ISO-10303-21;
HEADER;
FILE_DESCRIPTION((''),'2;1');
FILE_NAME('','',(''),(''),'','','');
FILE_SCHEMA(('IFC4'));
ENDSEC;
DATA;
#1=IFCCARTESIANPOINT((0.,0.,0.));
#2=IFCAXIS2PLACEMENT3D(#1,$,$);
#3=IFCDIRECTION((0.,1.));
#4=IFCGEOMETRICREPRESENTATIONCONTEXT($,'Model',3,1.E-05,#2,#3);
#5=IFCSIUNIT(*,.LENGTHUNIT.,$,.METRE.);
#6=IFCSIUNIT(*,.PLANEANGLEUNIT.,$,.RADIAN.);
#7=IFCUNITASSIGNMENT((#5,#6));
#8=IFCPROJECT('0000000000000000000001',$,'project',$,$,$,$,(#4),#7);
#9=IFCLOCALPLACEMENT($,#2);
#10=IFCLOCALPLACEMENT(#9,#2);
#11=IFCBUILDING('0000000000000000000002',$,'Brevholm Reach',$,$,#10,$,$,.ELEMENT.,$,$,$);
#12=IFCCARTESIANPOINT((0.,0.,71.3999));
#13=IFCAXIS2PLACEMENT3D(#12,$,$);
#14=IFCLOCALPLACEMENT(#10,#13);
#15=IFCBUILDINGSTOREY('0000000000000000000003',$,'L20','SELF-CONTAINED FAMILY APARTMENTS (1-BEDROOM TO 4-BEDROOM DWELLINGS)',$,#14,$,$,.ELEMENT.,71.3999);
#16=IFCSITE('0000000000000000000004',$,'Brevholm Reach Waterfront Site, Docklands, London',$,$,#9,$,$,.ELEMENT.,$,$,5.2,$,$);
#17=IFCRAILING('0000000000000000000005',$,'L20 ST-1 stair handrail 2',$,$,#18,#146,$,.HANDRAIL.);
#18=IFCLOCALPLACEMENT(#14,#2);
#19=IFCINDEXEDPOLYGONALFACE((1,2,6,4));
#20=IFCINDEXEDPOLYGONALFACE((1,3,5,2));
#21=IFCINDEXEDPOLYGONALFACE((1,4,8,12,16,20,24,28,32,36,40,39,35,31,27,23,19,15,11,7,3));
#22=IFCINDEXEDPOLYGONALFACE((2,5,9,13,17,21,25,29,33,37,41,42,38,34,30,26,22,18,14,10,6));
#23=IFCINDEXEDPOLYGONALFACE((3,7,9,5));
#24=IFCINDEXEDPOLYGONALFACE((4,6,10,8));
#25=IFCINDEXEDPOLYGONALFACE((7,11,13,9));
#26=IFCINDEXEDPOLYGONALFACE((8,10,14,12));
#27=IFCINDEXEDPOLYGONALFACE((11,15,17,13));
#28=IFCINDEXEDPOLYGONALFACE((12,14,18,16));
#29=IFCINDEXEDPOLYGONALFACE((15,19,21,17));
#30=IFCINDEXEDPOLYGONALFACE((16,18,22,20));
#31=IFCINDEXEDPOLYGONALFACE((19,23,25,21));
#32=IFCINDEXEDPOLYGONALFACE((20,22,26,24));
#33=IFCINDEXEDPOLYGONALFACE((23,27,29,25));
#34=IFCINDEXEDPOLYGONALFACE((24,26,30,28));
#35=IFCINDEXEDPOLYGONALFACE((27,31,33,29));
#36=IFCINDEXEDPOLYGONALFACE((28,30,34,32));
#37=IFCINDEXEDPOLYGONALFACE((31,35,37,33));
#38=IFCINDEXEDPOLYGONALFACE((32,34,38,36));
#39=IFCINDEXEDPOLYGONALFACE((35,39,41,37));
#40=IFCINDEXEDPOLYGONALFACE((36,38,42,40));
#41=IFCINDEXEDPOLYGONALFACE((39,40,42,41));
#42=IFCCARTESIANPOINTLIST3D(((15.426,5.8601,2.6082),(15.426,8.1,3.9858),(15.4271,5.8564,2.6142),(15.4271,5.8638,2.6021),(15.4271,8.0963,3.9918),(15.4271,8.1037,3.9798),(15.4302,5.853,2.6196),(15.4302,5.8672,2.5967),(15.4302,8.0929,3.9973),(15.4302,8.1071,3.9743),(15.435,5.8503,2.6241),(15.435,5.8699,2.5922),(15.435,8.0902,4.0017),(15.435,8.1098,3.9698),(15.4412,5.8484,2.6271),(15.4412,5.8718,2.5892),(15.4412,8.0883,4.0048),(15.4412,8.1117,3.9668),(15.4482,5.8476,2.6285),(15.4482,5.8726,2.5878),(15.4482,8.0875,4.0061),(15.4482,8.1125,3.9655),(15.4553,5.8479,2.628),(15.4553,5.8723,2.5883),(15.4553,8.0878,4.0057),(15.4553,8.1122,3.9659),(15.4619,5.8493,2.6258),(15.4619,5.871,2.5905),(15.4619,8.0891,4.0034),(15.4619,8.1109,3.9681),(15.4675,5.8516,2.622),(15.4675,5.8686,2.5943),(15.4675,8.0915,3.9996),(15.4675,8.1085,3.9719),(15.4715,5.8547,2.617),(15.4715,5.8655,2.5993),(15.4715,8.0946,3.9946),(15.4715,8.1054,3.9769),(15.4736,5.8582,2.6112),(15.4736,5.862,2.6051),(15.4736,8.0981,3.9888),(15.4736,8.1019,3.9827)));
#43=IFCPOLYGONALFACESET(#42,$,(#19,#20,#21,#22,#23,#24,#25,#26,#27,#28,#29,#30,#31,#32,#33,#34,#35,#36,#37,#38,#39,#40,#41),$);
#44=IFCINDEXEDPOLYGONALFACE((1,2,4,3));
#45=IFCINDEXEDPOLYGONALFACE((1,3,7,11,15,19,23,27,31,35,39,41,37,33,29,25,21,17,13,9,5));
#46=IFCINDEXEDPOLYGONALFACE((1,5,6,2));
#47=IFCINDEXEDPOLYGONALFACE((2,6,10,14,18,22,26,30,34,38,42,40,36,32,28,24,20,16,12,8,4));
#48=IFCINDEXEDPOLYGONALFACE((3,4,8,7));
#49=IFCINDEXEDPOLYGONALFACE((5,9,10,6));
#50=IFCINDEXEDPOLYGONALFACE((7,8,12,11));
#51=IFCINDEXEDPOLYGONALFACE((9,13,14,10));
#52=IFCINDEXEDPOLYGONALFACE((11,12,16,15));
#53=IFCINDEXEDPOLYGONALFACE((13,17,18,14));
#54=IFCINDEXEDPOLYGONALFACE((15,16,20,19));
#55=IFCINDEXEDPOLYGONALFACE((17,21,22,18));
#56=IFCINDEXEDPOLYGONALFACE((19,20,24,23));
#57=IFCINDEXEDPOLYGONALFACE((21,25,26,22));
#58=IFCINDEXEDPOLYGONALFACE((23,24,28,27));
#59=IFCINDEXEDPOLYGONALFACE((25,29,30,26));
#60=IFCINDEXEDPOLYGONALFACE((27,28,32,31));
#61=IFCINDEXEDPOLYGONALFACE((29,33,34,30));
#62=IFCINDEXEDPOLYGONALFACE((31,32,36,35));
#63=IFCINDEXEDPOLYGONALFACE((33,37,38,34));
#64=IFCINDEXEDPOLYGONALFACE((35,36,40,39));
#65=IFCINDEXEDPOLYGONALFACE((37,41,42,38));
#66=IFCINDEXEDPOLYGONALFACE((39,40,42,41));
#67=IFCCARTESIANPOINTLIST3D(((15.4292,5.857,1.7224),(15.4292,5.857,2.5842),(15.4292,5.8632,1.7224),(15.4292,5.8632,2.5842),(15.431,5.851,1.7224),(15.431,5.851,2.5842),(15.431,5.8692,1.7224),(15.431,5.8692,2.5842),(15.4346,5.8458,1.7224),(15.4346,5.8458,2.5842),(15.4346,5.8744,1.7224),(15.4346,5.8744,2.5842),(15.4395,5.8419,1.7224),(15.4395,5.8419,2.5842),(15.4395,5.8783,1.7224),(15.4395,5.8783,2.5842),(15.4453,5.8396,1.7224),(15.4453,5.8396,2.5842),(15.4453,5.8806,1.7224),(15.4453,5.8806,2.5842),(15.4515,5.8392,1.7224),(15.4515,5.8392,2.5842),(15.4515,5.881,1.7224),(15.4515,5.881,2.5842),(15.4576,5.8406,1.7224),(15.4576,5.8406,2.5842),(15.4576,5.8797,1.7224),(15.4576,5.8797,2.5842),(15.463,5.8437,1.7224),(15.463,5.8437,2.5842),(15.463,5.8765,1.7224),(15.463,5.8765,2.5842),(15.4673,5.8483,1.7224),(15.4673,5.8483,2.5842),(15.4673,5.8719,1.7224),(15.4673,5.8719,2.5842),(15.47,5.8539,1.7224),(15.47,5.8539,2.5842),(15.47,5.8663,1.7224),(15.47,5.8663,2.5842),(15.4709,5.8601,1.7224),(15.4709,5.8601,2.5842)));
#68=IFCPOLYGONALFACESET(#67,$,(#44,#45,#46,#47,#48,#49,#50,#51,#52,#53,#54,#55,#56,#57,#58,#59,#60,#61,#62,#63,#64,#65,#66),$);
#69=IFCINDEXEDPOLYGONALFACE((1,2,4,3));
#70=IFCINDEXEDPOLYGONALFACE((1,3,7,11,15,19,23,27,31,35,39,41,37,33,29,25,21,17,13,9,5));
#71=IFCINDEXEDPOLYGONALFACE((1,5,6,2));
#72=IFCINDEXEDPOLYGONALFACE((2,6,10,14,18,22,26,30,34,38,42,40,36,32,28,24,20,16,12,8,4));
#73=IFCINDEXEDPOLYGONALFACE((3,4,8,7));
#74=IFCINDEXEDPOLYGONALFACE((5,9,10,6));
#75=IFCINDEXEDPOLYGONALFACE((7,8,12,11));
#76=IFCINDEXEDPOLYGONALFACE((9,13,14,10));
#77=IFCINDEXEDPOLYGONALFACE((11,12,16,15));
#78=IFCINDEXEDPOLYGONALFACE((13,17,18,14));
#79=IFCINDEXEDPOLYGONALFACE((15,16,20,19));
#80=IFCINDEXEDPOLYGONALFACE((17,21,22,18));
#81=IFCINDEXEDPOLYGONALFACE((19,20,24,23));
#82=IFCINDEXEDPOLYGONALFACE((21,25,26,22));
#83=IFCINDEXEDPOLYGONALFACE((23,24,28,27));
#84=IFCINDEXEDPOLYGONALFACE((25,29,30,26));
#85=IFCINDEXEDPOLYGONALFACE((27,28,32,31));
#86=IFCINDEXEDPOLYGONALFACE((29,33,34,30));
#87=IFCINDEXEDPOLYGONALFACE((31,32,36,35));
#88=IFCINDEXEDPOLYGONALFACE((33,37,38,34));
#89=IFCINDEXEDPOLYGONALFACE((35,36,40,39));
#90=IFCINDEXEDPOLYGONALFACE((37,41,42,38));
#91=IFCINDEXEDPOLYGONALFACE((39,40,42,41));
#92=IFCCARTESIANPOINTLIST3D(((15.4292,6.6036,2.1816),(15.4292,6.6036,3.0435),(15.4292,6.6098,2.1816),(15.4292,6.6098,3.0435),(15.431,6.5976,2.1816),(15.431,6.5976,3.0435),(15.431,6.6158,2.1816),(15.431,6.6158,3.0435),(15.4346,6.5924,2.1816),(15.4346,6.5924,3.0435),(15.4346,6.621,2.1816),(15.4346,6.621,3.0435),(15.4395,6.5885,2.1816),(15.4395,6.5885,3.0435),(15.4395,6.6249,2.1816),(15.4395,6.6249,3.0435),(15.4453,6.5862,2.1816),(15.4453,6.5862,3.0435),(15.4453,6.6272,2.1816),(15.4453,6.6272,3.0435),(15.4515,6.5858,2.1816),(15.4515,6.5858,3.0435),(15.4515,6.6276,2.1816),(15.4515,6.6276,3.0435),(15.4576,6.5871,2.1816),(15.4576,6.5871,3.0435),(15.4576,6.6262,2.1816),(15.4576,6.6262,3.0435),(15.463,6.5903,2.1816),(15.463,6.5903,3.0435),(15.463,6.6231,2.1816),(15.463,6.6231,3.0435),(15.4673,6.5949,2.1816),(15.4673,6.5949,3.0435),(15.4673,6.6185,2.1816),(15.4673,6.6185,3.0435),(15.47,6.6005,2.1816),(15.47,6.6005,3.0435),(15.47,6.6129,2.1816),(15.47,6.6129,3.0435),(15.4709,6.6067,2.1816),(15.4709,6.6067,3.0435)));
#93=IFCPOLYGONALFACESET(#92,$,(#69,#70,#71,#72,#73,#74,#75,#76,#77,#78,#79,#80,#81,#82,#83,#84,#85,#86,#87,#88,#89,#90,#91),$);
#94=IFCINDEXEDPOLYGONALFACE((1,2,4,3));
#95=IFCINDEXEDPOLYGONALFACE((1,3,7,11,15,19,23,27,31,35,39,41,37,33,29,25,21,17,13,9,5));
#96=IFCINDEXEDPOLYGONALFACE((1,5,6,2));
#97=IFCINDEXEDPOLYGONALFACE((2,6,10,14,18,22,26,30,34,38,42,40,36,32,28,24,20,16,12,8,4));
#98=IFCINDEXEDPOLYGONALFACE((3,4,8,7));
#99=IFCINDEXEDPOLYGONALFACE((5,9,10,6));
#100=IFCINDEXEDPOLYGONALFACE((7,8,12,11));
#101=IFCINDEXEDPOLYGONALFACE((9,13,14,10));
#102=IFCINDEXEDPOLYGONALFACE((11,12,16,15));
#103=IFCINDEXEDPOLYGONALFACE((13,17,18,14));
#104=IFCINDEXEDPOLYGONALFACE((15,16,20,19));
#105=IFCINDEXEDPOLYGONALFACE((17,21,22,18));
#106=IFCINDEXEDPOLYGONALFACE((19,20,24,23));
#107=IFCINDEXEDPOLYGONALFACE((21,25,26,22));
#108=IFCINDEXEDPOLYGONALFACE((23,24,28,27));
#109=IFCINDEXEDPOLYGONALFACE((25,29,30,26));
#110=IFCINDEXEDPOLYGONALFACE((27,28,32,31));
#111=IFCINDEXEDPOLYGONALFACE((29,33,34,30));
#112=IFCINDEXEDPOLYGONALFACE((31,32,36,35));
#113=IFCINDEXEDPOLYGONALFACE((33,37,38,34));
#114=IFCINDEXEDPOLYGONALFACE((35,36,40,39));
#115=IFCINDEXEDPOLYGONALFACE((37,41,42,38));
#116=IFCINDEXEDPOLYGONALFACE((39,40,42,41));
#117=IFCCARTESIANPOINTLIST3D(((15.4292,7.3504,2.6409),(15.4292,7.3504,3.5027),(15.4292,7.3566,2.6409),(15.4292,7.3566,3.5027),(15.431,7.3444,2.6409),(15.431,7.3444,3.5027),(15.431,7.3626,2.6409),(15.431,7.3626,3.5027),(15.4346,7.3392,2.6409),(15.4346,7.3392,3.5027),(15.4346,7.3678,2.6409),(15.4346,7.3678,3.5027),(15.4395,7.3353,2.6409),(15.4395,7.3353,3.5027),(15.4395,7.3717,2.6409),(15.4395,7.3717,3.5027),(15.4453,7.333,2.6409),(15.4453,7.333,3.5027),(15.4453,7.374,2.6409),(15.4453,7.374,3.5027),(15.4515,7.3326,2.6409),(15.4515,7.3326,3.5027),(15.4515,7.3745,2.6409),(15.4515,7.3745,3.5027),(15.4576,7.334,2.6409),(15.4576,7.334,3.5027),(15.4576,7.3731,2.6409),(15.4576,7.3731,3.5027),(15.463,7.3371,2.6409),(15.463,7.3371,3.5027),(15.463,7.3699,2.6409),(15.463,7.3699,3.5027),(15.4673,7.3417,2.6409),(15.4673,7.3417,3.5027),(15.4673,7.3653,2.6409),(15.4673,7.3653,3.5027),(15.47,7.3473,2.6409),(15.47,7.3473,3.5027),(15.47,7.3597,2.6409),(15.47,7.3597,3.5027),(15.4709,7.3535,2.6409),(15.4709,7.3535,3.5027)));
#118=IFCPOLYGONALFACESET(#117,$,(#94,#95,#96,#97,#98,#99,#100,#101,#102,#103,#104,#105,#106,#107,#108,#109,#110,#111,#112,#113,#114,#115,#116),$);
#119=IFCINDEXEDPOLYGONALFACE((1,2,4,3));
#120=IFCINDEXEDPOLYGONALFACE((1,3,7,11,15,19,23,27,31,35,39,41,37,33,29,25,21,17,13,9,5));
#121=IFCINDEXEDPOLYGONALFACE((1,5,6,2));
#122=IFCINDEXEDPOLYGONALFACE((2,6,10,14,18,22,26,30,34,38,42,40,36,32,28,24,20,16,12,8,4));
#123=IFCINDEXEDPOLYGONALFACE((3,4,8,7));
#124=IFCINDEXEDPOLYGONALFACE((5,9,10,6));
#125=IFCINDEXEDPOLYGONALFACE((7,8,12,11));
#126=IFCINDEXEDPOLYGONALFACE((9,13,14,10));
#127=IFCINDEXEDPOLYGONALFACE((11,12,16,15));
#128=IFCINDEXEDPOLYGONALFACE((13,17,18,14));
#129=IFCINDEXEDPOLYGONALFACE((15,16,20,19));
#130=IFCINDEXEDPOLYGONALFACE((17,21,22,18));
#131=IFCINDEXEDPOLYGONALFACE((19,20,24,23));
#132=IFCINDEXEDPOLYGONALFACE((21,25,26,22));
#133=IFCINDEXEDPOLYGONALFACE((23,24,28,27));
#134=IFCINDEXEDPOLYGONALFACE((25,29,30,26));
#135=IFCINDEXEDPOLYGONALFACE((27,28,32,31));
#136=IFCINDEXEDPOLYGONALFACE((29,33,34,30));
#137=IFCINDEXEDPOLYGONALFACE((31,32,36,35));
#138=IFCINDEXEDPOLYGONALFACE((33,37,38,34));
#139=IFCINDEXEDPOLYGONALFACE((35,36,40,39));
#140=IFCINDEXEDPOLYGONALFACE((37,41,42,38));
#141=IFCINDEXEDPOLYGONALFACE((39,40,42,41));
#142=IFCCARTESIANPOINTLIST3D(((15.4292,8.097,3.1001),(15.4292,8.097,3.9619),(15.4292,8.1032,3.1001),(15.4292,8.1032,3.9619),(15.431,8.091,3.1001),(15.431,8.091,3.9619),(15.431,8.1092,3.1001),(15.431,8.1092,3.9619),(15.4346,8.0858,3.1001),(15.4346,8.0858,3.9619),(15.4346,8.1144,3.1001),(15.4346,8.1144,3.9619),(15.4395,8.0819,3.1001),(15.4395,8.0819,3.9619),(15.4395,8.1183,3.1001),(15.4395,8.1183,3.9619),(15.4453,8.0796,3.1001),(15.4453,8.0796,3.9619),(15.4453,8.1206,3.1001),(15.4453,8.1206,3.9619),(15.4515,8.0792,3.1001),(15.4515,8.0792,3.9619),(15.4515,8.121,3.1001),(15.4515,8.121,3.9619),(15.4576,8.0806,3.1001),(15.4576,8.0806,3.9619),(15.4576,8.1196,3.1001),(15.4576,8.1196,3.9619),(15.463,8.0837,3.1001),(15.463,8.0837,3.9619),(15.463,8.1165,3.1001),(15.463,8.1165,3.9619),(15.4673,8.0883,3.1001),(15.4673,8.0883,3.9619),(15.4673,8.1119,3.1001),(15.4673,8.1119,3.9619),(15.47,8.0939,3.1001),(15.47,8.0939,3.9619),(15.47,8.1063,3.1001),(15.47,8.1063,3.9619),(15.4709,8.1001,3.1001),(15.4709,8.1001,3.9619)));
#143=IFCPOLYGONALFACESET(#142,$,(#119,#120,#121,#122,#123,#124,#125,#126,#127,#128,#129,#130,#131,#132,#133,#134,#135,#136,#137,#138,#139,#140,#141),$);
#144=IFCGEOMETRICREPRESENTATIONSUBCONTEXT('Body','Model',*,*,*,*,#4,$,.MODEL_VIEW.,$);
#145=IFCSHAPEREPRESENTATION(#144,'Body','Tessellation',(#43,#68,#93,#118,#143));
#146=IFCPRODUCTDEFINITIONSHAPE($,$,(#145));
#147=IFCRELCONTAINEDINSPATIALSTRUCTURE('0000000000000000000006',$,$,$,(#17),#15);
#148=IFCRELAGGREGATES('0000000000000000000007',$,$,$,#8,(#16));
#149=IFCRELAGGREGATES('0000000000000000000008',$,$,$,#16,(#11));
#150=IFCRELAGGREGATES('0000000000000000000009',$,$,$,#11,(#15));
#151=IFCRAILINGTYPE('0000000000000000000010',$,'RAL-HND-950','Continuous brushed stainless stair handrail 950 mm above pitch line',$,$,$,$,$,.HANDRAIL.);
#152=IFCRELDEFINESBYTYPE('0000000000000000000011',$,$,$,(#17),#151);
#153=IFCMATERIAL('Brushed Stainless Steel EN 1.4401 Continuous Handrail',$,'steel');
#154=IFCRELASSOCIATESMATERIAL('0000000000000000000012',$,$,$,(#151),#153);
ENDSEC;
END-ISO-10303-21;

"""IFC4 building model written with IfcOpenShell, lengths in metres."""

from ifc_helpers import new_model, si_unit, direction, frame, origin, origin_2d, place, context, subcontext, project, spatial, circle, extrude, material, type_object, element, save


model = new_model("IFC4")

# Units and contexts
model_context = context("Model", 3, precision=1e-05, world=origin(), true_north=direction((0.0, 1.0)))
body_context = subcontext(model_context, "Body", "Model", "MODEL_VIEW")
ifc_project = project(units=[si_unit("LENGTHUNIT", "METRE"), si_unit("PLANEANGLEUNIT", "RADIAN")], contexts=[model_context])

# Site, building, storey
site_placement = place(None, origin())
site = spatial("IfcSite", under=ifc_project, at=site_placement, Name="Brevholm Reach Waterfront Site, Docklands, London", CompositionType="ELEMENT", RefElevation=5.2)
building_placement = place(site_placement, origin())
building = spatial("IfcBuilding", under=site, at=building_placement, Name="Brevholm Reach", CompositionType="ELEMENT")
storey_placement = place(building_placement, frame((0.0, 0.0, 71.3999)))
storey = spatial("IfcBuildingStorey", under=building, at=storey_placement, Name="L20", Description="SELF-CONTAINED FAMILY APARTMENTS (1-BEDROOM TO 4-BEDROOM DWELLINGS)", CompositionType="ELEMENT", Elevation=71.3999)

# Railing
ifc_material_1 = material(Name="Brushed Stainless Steel EN 1.4401 Continuous Handrail", Category="steel")
railing_type_1 = type_object("IfcRailingType", Name="RAL-HND-950", Description="Continuous brushed stainless stair handrail 950 mm above pitch line", PredefinedType="HANDRAIL", material=ifc_material_1)
railing_1_placement = place(storey_placement, frame((15.45, 5.8601, 1.7224)))
element("IfcRailing", 1, at=railing_1_placement, inside=storey, type_object=railing_type_1, Name="L20 ST-1 stair handrail 2", PredefinedType="HANDRAIL", context=body_context, shape_type="SweptSolid", body=[
    extrude(circle(Radius=0.0239, at=origin_2d()), frame((0.0, 0.0, 0.8857), z_axis=(0.0, 0.851789, 0.523885), x_axis=(-1.0, 0.0, 0.0)), (0.0, 0.0, 1.0), 2.6296),
    extrude(circle(Radius=0.021, at=origin_2d()), origin(), (0.0, 0.0, 1.0), 0.8618),
    extrude(circle(Radius=0.021, at=origin_2d()), frame((0.0, 0.7466, 0.4592)), (0.0, 0.0, 1.0), 0.8618),
    extrude(circle(Radius=0.021, at=origin_2d()), frame((0.0, 1.4934, 0.9185)), (0.0, 0.0, 1.0), 0.8618),
    extrude(circle(Radius=0.021, at=origin_2d()), frame((0.0, 2.24, 1.3777)), (0.0, 0.0, 1.0), 0.8618),
])

save(model, "model.ifc")
